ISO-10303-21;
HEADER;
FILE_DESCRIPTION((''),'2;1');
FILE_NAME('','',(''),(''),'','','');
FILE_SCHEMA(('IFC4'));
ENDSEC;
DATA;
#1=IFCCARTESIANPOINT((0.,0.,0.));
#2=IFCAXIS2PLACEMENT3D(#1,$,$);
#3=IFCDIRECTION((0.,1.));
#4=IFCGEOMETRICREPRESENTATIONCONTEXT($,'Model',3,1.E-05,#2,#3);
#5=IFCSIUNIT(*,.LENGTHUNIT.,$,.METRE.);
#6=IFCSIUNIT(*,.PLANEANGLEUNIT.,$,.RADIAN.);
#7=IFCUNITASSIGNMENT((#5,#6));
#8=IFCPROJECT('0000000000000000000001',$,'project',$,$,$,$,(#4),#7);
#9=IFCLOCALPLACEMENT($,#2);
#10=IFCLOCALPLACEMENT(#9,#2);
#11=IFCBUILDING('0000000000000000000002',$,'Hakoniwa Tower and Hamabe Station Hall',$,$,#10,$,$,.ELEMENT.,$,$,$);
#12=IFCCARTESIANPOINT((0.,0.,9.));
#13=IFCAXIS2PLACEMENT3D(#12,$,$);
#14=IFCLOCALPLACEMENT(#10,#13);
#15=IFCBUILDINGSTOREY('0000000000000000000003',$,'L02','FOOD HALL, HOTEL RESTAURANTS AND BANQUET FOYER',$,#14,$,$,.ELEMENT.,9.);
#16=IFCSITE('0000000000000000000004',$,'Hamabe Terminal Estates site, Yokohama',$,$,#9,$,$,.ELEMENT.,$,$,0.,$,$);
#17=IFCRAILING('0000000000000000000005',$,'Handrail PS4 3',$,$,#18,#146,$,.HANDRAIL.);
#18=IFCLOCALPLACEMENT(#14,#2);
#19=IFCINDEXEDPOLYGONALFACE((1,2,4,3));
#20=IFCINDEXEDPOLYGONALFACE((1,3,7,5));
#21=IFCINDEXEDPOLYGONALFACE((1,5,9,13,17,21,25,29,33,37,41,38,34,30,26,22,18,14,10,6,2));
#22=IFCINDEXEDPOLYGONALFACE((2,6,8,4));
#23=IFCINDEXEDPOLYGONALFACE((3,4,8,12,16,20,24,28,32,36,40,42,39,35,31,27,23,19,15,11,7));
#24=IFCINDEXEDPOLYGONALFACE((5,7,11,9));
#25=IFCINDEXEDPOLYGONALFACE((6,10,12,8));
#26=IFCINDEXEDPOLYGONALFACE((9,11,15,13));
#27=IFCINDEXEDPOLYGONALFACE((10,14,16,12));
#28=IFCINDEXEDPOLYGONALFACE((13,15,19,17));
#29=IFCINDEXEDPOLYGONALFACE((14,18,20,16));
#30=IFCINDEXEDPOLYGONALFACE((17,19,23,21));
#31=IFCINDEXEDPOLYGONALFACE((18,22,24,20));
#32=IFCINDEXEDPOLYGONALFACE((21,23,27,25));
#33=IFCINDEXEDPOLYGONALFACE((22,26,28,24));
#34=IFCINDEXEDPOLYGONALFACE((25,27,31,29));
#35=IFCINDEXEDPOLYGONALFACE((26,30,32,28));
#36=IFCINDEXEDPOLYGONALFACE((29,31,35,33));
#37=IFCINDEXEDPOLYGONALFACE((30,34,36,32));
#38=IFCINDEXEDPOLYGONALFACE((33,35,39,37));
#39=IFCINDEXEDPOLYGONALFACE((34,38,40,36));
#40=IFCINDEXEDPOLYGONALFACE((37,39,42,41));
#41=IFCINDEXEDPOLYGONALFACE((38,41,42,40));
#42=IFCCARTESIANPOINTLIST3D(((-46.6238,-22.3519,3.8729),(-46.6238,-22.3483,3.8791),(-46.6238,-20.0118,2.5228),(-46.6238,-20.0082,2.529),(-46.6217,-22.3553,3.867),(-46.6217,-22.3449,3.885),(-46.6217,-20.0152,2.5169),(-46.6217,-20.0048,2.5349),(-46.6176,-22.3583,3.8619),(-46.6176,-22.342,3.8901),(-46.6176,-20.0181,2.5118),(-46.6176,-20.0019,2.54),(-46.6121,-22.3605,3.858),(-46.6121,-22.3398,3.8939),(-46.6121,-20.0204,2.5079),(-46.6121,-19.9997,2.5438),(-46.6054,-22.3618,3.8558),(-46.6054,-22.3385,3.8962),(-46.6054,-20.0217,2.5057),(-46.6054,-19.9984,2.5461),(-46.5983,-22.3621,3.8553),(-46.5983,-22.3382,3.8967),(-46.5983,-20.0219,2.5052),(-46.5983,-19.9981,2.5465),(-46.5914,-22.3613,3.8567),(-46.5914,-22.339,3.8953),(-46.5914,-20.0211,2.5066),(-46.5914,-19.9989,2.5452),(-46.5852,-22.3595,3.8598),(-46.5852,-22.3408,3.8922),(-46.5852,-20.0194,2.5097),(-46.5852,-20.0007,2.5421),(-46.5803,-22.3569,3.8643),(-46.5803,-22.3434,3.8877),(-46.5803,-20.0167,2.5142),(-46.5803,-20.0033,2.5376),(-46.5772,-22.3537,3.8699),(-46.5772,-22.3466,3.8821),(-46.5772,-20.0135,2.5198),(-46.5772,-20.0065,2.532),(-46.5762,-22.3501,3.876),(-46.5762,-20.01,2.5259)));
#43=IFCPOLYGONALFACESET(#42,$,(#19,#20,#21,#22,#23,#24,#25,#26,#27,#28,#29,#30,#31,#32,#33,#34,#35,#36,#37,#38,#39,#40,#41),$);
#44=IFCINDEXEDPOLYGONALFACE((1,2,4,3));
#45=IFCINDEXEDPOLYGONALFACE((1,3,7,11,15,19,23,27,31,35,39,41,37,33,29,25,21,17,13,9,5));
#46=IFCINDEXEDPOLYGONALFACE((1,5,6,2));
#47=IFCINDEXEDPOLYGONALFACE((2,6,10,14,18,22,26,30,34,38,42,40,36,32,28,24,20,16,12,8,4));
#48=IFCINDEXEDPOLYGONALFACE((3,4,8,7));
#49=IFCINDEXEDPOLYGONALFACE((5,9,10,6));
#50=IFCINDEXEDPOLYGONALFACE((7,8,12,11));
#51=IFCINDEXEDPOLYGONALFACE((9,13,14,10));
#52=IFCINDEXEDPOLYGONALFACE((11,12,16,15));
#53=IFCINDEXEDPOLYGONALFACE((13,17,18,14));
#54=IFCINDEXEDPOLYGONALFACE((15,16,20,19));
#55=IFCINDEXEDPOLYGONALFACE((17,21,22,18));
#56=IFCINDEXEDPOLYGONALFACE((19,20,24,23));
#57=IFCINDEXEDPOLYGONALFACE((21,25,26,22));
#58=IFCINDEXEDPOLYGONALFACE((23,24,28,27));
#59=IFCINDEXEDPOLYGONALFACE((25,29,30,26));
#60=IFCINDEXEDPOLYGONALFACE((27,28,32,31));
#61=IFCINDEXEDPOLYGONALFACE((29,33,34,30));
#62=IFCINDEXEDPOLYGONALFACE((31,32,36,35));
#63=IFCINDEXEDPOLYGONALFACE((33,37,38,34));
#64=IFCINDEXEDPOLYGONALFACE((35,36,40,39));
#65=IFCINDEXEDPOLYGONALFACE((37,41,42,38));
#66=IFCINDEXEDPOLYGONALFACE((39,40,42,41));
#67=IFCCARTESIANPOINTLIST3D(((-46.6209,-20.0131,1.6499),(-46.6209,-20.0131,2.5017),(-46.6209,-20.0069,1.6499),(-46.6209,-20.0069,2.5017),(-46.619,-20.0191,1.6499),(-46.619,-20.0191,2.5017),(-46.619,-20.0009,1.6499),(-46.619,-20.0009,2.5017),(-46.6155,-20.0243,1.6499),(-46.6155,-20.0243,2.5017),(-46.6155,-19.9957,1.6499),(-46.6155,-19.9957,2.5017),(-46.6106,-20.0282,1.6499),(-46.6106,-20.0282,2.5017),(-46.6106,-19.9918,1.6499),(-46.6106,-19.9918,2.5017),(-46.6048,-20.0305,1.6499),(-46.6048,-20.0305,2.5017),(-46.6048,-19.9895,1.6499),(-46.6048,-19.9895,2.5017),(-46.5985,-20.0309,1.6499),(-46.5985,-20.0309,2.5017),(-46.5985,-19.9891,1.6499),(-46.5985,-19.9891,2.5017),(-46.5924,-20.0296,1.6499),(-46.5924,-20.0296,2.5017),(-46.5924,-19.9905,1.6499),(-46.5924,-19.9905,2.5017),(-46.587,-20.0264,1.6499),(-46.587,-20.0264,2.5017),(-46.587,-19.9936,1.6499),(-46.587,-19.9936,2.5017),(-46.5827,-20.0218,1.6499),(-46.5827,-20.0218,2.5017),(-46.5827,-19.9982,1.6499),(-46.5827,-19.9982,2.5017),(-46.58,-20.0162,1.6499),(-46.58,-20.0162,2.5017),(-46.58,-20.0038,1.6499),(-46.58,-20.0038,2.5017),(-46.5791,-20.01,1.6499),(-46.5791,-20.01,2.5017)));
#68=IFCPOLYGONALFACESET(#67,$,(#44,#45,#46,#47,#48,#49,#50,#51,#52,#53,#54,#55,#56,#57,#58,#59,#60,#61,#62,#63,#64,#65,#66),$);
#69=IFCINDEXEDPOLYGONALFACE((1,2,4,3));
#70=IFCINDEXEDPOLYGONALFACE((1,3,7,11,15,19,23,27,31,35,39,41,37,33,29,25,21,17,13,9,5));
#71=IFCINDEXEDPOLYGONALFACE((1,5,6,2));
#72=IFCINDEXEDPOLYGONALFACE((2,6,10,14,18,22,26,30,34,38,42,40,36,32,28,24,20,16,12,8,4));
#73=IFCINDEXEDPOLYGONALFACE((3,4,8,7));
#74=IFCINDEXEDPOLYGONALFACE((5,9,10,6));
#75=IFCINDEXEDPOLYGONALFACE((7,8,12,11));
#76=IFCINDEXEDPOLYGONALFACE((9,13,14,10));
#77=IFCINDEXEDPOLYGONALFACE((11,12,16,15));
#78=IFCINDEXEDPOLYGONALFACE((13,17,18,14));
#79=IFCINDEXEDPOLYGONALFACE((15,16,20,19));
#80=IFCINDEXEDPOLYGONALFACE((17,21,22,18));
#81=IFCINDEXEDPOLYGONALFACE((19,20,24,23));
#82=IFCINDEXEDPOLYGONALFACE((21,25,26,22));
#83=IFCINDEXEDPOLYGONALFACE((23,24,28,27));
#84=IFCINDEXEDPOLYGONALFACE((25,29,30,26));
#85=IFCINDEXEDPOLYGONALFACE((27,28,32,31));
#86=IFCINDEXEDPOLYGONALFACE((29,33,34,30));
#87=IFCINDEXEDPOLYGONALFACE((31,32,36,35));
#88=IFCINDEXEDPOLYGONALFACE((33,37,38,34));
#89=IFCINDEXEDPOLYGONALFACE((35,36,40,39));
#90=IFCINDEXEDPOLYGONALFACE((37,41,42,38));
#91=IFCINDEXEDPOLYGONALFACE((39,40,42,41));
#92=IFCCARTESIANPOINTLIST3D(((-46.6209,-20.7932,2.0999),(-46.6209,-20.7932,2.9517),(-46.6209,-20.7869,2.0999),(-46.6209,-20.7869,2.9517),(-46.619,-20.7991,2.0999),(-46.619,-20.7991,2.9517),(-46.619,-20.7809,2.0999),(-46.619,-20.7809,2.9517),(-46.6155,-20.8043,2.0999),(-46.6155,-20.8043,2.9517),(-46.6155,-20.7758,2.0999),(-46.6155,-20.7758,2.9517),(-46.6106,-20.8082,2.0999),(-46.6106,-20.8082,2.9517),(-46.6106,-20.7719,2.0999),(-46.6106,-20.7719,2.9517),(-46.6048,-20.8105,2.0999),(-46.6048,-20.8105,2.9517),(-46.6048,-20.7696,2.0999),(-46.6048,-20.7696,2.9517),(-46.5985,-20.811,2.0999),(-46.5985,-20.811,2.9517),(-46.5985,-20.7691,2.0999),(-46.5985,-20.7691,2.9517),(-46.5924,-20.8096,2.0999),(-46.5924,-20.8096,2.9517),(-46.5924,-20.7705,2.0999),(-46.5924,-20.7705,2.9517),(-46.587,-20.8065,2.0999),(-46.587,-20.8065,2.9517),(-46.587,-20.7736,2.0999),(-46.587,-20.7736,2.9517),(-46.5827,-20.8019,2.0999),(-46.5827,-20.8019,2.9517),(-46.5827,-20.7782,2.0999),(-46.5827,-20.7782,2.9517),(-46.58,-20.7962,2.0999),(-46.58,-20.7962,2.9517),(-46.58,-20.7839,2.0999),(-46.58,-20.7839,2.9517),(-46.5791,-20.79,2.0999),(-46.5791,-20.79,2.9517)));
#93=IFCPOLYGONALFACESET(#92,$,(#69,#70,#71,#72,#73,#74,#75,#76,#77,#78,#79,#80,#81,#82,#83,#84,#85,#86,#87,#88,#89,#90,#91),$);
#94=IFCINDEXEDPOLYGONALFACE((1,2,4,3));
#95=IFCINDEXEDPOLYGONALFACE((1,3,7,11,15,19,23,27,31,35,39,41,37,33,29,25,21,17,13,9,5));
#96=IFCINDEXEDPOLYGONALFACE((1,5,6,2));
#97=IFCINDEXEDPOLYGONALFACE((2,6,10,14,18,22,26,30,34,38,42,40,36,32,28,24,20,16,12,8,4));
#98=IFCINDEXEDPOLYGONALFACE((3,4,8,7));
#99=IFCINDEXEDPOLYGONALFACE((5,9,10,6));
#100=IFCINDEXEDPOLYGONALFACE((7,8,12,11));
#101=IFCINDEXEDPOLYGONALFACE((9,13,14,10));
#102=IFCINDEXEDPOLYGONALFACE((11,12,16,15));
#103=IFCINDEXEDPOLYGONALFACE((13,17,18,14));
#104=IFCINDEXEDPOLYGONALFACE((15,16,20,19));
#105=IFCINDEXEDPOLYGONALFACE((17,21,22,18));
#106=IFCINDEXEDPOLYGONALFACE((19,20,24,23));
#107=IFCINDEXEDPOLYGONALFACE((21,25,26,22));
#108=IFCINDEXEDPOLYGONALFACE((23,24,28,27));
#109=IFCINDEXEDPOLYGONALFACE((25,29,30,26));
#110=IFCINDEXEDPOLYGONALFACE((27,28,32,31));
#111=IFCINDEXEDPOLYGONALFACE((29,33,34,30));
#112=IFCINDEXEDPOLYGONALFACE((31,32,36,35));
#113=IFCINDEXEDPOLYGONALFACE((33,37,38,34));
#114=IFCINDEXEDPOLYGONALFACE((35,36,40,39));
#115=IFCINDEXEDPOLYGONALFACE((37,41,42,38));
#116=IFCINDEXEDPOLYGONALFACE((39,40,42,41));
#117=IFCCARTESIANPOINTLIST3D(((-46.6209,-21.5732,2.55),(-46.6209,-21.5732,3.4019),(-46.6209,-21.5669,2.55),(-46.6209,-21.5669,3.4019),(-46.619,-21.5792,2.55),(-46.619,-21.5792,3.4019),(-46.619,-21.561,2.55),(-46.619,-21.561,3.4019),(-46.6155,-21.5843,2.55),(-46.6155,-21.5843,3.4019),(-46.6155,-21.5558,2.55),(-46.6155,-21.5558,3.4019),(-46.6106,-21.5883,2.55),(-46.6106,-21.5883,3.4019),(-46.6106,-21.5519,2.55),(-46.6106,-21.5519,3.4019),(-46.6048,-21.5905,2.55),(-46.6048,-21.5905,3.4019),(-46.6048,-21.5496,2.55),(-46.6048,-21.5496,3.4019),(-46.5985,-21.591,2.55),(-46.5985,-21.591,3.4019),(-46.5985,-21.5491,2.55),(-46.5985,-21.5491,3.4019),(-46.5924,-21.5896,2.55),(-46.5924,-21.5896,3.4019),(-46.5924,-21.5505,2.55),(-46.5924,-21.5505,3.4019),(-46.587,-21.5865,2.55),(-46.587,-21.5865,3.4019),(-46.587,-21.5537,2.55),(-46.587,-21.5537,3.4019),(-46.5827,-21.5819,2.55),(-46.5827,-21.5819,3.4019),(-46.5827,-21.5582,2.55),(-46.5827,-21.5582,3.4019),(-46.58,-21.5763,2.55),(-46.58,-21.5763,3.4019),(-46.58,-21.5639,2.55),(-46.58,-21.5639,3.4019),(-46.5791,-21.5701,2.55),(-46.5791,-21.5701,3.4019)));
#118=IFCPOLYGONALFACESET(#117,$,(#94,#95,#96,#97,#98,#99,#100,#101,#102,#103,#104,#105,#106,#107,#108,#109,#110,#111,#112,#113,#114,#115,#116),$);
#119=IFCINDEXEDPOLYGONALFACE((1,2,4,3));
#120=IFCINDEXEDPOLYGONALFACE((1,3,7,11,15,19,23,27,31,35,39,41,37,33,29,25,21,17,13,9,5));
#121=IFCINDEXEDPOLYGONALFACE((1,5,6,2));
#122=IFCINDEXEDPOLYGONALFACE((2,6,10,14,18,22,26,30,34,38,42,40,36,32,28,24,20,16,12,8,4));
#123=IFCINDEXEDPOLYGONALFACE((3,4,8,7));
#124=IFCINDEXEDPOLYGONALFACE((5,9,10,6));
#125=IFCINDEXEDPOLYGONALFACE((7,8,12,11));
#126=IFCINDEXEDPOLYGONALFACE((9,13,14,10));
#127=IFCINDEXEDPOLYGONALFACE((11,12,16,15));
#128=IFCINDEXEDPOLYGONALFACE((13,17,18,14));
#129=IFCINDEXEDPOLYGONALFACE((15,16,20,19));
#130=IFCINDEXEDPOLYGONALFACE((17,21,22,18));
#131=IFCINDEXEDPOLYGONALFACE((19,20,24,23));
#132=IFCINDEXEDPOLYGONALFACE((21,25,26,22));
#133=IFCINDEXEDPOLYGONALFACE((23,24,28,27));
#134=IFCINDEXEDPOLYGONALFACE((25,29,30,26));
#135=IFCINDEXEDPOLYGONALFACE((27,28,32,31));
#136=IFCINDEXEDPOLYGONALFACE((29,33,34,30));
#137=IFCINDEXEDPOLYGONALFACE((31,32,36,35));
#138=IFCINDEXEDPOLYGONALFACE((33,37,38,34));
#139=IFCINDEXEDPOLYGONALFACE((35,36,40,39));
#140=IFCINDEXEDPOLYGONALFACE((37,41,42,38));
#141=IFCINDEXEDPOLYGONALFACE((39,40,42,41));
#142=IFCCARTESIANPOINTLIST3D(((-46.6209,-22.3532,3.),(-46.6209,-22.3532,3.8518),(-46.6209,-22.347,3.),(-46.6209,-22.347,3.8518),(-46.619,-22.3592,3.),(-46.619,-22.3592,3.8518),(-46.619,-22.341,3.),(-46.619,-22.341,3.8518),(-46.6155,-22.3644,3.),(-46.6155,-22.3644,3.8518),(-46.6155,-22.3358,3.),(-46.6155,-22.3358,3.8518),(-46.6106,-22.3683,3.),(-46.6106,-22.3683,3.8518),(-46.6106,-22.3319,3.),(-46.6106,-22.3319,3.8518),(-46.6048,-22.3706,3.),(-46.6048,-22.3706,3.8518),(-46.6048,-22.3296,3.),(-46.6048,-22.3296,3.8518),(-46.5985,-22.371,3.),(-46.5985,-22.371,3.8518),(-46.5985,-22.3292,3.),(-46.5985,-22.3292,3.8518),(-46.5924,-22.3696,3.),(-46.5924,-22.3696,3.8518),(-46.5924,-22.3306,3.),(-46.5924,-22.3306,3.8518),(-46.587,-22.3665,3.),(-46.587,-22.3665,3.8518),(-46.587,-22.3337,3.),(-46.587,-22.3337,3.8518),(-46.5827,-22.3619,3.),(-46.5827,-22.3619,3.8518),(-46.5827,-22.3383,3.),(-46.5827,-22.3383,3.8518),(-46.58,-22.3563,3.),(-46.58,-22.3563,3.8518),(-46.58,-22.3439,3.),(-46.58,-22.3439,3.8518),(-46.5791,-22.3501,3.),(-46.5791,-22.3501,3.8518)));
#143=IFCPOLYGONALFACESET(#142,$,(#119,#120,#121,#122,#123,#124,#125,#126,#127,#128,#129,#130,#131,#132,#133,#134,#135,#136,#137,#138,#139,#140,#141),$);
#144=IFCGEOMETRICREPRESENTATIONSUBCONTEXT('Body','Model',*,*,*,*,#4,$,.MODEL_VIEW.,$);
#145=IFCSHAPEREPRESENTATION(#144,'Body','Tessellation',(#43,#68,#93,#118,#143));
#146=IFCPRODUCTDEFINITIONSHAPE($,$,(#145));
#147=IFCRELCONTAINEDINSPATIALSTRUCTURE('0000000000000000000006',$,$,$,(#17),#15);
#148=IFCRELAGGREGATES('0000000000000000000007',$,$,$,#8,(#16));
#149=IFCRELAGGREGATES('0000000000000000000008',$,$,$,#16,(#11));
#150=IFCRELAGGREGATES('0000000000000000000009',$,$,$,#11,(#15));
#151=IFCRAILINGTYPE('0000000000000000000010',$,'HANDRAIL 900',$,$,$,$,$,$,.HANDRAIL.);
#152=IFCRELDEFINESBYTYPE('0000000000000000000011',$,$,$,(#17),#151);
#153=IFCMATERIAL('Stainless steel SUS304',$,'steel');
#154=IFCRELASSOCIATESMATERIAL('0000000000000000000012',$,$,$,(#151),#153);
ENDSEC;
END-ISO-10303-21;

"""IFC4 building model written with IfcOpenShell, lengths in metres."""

from ifc_helpers import new_model, si_unit, direction, frame, origin, origin_2d, place, context, subcontext, project, spatial, circle, extrude, material, type_object, element, save


model = new_model("IFC4")

# Units and contexts
model_context = context("Model", 3, precision=1e-05, world=origin(), true_north=direction((0.0, 1.0)))
body_context = subcontext(model_context, "Body", "Model", "MODEL_VIEW")
ifc_project = project(units=[si_unit("LENGTHUNIT", "METRE"), si_unit("PLANEANGLEUNIT", "RADIAN")], contexts=[model_context])

# Site, building, storey
site_placement = place(None, origin())
site = spatial("IfcSite", under=ifc_project, at=site_placement, Name="Hamabe Terminal Estates site, Yokohama", CompositionType="ELEMENT", RefElevation=0.0)
building_placement = place(site_placement, origin())
building = spatial("IfcBuilding", under=site, at=building_placement, Name="Hakoniwa Tower and Hamabe Station Hall", CompositionType="ELEMENT")
storey_placement = place(building_placement, frame((0.0, 0.0, 9.0)))
storey = spatial("IfcBuildingStorey", under=building, at=storey_placement, Name="L02", Description="FOOD HALL, HOTEL RESTAURANTS AND BANQUET FOYER", CompositionType="ELEMENT", Elevation=9.0)

# Railing
ifc_material_1 = material(Name="Stainless steel SUS304", Category="steel")
railing_type_1 = type_object("IfcRailingType", Name="HANDRAIL 900", PredefinedType="HANDRAIL", material=ifc_material_1)
for number, where, name in (
    (1, (-46.6001, -20.01, 1.6499), "Handrail PS4 3"),
):
    element("IfcRailing", number, at=place(storey_placement, frame(where)), inside=storey, type_object=railing_type_1, Name=name, PredefinedType="HANDRAIL", context=body_context, shape_type="SweptSolid", body=[
        extrude(circle(Radius=0.0239, at=origin_2d()), frame((0.0, 0.0, 0.876), z_axis=(0.0, -0.866178, 0.499735), x_axis=(1.0, 0.0, 0.0)), (0.0, 0.0, 1.0), 2.7017),
        extrude(circle(Radius=0.021, at=origin_2d()), origin(), (0.0, 0.0, 1.0), 0.8518),
        extrude(circle(Radius=0.021, at=origin_2d()), frame((0.0, -0.78, 0.45)), (0.0, 0.0, 1.0), 0.8518),
        extrude(circle(Radius=0.021, at=origin_2d()), frame((0.0, -1.5601, 0.9001)), (0.0, 0.0, 1.0), 0.8518),
        extrude(circle(Radius=0.021, at=origin_2d()), frame((0.0, -2.3401, 1.3501)), (0.0, 0.0, 1.0), 0.8518),
    ])

save(model, "model.ifc")
